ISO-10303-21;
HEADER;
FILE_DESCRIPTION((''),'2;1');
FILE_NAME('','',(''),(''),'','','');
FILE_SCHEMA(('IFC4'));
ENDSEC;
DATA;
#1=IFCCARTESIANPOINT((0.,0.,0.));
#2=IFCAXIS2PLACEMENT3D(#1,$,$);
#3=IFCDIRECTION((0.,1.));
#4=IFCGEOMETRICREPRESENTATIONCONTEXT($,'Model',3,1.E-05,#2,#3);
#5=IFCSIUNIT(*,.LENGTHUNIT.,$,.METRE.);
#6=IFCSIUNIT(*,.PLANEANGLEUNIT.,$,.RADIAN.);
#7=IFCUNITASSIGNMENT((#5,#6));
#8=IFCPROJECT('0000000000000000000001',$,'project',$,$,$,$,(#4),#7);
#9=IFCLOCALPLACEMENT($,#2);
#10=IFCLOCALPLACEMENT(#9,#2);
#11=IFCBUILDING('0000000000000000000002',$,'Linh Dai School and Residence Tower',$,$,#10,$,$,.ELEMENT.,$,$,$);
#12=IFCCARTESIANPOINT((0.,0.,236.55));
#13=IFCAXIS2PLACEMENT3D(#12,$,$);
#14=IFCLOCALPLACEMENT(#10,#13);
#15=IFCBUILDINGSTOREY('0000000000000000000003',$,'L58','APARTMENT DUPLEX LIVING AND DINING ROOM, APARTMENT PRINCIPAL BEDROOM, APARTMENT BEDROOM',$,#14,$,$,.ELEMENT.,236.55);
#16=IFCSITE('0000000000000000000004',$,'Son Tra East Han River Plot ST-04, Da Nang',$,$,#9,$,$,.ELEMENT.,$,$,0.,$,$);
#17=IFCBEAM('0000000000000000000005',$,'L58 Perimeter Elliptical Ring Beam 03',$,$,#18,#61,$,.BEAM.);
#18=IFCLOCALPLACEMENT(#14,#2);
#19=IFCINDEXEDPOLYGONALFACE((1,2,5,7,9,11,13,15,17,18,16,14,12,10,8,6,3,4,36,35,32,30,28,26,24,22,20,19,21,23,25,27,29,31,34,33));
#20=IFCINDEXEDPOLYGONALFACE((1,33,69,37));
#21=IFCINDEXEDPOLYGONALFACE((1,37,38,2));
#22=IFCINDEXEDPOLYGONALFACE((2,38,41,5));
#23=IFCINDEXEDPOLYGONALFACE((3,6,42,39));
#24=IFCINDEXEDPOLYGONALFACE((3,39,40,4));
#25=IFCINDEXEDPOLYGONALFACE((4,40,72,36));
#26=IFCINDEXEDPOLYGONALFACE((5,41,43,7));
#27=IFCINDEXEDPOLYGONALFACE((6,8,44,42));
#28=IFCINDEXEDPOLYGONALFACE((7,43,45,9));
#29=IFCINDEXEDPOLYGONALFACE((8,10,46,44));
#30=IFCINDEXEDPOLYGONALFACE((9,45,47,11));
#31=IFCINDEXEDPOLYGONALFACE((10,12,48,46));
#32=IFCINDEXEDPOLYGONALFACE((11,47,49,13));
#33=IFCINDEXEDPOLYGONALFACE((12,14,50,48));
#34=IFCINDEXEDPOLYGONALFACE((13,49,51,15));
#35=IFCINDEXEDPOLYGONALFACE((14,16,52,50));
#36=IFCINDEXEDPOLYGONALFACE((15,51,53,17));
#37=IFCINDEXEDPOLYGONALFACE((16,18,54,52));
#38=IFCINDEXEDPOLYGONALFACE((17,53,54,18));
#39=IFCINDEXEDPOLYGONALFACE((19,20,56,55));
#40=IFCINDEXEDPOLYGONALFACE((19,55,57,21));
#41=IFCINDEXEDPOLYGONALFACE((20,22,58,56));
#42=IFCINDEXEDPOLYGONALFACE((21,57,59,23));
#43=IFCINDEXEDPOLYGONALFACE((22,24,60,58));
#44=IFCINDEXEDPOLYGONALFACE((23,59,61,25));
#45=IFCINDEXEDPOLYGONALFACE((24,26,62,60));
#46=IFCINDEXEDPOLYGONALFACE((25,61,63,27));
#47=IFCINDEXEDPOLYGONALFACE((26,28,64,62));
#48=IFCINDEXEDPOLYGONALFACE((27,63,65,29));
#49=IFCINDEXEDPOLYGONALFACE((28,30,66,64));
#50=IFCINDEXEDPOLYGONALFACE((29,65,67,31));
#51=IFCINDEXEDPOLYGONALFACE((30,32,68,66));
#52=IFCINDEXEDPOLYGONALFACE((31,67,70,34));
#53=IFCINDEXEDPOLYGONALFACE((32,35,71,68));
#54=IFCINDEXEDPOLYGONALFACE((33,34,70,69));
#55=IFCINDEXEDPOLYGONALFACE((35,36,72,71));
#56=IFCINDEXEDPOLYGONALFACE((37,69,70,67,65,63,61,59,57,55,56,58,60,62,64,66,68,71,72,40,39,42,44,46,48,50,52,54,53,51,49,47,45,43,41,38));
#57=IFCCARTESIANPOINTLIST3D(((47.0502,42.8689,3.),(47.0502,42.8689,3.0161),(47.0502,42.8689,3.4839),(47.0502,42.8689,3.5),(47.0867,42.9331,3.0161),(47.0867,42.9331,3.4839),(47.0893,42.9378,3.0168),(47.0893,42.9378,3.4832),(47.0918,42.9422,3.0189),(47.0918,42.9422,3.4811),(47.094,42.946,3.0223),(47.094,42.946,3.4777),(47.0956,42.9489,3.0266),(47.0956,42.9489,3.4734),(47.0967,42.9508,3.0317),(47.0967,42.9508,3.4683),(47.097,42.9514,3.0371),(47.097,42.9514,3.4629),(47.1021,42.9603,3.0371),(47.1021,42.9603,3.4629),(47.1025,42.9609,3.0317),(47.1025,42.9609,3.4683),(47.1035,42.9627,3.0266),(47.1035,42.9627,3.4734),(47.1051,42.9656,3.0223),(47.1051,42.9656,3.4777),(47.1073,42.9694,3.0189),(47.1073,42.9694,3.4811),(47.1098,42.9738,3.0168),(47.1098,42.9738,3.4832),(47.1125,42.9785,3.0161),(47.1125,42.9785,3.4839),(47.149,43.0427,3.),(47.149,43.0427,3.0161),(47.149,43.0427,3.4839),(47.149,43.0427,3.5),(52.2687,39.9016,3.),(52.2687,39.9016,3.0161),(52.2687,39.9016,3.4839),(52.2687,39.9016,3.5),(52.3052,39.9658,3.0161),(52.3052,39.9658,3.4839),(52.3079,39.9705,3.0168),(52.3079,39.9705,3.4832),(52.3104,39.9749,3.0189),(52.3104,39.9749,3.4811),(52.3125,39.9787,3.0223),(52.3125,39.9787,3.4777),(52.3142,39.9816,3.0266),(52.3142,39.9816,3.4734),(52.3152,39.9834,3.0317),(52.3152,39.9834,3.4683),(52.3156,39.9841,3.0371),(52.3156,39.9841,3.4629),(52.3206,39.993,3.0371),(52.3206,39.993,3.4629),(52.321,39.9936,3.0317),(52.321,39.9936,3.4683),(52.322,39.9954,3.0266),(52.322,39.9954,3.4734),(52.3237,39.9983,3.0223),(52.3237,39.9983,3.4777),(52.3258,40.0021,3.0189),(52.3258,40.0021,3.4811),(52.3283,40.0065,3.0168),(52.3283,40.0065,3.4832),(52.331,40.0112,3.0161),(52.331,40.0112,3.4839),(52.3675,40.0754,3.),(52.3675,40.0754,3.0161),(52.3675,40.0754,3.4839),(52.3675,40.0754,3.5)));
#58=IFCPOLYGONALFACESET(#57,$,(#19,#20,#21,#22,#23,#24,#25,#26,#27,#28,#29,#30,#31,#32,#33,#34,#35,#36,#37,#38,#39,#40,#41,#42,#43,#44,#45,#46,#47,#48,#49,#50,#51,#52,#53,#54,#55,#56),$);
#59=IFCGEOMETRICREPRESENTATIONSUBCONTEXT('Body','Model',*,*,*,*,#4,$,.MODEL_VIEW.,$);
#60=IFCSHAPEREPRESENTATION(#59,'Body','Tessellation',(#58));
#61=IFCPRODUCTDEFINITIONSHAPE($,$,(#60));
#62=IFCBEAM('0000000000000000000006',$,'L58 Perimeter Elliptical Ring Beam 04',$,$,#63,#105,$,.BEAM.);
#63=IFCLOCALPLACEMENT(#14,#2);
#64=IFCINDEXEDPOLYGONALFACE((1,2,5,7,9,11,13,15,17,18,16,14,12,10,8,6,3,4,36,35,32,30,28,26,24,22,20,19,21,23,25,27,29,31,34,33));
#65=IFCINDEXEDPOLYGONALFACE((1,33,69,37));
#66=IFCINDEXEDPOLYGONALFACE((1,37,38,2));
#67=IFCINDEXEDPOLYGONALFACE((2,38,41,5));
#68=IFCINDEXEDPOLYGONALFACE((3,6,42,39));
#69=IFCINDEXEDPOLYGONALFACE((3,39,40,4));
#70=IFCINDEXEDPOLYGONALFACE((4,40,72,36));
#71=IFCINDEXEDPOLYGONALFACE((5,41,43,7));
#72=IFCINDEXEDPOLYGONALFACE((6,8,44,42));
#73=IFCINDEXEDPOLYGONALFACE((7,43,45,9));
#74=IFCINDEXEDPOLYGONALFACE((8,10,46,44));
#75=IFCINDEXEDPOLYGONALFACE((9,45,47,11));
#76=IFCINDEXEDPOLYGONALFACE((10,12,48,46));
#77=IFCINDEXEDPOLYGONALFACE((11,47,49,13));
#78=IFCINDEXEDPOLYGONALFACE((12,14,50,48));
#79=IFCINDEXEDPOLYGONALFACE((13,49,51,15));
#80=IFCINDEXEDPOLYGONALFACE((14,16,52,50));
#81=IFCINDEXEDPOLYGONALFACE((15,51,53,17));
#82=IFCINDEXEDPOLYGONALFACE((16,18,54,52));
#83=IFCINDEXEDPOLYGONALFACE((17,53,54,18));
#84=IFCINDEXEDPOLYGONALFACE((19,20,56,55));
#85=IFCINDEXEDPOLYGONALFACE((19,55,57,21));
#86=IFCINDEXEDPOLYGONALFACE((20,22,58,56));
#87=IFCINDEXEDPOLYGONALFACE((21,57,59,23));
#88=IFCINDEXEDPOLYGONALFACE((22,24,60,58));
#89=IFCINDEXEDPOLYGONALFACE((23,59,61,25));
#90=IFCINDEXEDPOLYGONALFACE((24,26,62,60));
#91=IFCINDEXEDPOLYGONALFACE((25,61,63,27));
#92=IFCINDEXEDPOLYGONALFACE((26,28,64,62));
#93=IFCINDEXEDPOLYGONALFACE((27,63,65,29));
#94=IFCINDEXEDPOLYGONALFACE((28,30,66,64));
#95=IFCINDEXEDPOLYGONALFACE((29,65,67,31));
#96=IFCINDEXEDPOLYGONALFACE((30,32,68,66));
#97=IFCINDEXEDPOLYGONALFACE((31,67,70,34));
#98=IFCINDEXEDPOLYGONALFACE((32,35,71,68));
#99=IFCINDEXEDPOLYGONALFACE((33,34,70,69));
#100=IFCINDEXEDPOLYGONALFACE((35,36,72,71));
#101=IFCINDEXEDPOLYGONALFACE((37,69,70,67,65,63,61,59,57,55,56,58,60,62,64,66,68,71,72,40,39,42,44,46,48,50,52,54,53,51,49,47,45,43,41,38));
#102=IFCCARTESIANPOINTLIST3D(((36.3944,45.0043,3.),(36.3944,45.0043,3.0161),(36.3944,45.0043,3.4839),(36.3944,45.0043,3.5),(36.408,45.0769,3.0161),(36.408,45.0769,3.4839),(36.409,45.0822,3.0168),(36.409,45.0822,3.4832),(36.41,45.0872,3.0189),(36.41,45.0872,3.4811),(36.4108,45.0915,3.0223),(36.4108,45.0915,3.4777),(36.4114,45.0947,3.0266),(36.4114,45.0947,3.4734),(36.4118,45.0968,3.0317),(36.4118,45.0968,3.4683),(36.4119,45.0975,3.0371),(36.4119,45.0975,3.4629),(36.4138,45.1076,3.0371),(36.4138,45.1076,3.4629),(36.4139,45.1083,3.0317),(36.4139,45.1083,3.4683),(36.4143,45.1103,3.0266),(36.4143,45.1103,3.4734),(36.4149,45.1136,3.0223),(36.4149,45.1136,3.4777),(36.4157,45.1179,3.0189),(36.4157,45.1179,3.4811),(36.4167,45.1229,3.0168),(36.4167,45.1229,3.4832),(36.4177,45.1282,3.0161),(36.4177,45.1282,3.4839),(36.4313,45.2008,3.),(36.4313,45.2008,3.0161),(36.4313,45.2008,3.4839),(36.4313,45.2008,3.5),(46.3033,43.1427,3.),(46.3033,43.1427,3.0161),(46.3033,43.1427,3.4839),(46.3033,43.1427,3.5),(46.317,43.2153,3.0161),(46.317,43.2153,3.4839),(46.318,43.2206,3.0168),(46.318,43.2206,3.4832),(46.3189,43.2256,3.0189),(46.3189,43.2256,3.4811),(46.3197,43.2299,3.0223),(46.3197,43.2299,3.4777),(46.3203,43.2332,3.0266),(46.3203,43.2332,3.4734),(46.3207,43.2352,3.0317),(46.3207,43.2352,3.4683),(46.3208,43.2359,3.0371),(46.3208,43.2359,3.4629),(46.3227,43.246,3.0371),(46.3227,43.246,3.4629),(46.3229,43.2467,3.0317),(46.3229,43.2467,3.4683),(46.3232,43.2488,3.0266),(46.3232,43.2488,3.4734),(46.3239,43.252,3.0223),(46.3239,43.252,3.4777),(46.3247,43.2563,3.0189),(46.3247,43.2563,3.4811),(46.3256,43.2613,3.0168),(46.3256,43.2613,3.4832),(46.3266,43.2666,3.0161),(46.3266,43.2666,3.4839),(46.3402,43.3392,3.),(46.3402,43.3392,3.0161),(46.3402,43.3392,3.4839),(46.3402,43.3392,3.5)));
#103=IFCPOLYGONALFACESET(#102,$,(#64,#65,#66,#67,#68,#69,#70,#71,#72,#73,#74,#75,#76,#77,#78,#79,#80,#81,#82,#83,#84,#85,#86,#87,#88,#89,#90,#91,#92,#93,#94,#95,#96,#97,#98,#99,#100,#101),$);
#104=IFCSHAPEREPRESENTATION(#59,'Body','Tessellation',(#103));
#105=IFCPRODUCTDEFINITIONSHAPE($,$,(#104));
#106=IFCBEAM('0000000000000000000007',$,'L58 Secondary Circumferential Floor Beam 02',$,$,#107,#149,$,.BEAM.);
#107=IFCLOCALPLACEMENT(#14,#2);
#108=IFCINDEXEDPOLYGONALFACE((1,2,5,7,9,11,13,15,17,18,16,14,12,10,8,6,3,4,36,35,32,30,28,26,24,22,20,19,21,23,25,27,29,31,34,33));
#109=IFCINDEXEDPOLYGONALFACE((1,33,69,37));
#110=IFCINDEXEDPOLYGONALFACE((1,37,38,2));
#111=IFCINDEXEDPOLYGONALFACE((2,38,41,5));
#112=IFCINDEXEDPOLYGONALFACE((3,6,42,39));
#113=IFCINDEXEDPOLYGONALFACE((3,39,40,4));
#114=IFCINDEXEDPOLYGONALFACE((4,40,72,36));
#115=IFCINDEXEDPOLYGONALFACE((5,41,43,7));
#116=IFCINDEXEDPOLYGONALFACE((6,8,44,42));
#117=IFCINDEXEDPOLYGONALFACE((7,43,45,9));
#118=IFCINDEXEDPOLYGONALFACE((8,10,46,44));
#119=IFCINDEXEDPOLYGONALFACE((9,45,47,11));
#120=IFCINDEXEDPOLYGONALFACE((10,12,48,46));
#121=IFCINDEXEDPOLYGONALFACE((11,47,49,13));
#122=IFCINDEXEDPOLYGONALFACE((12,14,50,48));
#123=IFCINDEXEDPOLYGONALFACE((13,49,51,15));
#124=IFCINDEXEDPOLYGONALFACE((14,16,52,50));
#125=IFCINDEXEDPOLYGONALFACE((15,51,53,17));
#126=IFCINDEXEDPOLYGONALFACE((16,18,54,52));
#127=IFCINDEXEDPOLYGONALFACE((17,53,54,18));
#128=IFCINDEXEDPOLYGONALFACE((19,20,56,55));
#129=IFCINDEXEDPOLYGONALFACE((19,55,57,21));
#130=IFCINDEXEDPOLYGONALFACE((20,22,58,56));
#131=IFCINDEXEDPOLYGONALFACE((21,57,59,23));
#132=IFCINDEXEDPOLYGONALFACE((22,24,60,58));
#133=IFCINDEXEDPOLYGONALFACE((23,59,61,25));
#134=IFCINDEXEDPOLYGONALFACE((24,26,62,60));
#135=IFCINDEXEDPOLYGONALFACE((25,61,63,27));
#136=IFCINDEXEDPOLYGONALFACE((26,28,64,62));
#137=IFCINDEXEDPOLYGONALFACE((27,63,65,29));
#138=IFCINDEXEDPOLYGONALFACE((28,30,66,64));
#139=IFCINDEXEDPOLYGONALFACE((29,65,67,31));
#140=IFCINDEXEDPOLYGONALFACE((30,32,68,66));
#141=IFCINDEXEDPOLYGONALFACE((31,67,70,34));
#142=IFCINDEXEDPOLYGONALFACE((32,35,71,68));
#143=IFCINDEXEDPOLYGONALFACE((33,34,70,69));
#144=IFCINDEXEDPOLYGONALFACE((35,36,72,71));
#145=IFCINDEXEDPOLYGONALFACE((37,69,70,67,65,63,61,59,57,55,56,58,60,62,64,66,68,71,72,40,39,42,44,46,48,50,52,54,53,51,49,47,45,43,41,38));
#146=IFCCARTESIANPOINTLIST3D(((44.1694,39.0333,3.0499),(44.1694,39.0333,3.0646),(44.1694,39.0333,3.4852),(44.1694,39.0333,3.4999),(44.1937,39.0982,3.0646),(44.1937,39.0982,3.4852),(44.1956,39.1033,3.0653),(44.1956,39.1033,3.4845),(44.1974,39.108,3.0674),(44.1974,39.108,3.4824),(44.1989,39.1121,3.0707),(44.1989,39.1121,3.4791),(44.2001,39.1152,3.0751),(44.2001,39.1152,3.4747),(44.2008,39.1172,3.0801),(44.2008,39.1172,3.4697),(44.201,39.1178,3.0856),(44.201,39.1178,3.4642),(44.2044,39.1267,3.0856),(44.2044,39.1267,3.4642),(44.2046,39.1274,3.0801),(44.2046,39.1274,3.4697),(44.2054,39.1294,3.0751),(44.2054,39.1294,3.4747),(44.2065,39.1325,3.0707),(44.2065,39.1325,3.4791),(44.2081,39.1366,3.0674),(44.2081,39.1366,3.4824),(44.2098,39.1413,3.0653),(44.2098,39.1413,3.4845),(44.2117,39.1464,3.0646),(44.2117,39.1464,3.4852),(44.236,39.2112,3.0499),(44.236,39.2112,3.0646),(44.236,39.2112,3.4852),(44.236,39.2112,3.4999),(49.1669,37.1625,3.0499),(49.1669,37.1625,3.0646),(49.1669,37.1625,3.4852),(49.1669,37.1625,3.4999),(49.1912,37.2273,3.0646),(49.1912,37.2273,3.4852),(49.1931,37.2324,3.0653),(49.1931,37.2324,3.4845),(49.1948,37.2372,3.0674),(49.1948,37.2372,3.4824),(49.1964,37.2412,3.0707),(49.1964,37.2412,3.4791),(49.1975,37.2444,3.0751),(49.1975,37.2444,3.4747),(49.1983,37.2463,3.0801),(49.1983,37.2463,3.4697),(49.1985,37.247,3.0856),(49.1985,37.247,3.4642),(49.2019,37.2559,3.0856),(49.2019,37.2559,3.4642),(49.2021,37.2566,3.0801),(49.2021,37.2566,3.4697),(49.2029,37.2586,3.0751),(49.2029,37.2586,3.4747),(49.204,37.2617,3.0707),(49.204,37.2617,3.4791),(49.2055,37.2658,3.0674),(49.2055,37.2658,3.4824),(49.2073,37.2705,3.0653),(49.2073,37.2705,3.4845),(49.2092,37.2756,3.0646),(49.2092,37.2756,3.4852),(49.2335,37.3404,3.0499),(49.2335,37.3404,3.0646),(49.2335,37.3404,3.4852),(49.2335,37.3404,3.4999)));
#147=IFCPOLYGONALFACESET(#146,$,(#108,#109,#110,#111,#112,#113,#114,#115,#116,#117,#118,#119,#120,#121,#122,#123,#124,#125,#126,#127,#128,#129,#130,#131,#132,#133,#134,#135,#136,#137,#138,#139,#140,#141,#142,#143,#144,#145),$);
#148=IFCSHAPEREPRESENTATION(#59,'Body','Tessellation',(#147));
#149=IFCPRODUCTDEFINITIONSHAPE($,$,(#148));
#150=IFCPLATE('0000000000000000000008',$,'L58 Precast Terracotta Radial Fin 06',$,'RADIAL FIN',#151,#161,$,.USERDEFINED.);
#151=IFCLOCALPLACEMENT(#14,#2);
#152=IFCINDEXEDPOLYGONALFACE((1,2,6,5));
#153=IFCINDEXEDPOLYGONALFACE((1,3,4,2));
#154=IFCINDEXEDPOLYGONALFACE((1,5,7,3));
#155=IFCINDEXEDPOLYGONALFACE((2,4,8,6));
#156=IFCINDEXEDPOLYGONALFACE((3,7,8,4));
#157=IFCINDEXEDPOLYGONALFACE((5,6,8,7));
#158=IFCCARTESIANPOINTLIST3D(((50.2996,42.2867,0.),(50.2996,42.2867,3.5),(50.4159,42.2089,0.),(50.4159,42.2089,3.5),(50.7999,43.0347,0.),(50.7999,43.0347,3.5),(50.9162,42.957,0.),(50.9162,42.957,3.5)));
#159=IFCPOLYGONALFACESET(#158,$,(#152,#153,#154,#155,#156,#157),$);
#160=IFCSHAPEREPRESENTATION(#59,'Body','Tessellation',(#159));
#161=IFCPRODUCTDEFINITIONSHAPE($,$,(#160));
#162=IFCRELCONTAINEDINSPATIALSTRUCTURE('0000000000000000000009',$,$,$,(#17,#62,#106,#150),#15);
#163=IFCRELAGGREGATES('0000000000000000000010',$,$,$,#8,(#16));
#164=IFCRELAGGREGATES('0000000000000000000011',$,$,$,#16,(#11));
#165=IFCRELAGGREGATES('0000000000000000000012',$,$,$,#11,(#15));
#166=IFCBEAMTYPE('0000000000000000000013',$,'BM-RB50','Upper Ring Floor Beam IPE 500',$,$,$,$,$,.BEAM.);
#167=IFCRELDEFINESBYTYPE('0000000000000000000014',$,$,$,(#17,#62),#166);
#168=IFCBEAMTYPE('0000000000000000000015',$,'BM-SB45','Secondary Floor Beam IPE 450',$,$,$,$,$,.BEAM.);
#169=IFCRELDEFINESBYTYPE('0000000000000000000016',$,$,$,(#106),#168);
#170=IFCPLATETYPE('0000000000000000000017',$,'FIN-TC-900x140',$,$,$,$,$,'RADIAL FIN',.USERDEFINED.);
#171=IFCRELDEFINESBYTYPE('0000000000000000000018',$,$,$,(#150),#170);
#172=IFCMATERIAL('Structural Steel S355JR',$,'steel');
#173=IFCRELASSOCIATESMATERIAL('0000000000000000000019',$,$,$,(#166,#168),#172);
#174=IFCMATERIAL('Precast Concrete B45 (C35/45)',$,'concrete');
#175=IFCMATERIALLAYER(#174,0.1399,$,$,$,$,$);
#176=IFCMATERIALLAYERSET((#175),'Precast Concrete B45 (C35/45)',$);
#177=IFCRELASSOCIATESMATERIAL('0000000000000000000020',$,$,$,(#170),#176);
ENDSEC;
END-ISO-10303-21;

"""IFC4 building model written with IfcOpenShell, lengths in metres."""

from ifc_helpers import new_model, si_unit, direction, frame, origin, origin_2d, place, context, subcontext, project, spatial, rectangle, i_section, extrude, source, transform, mapped, material, layer, layer_set, material_profile, profile_set, type_object, element, save


model = new_model("IFC4")

# Units and contexts
model_context = context("Model", 3, precision=1e-05, world=origin(), true_north=direction((0.0, 1.0)))
body_context = subcontext(model_context, "Body", "Model", "MODEL_VIEW")
ifc_project = project(units=[si_unit("LENGTHUNIT", "METRE"), si_unit("PLANEANGLEUNIT", "RADIAN")], contexts=[model_context])

# Site, building, storey
site_placement = place(None, origin())
site = spatial("IfcSite", under=ifc_project, at=site_placement, Name="Son Tra East Han River Plot ST-04, Da Nang", CompositionType="ELEMENT", RefElevation=0.0)
building_placement = place(site_placement, origin())
building = spatial("IfcBuilding", under=site, at=building_placement, Name="Linh Dai School and Residence Tower", CompositionType="ELEMENT")
storey_placement = place(building_placement, frame((0.0, 0.0, 236.55)))
storey = spatial("IfcBuildingStorey", under=building, at=storey_placement, Name="L58", Description="APARTMENT DUPLEX LIVING AND DINING ROOM, APARTMENT PRINCIPAL BEDROOM, APARTMENT BEDROOM", CompositionType="ELEMENT", Elevation=236.55)

# Shared definitions
ifc_material_1 = material(Name="Structural Steel S355JR", Category="steel")

# Beams
ifc_material_profile_1 = material_profile(ifc_material_1, i_section(OverallWidth=0.2, OverallDepth=0.5, WebThickness=0.0103, FlangeThickness=0.0161, FilletRadius=0.021, at=origin_2d()), Name="IPE 500")
ifc_profile_set_1 = profile_set([ifc_material_profile_1], Name="Structural Steel S355JR")
beam_type_1 = type_object("IfcBeamType", Name="BM-RB50", Description="Upper Ring Floor Beam IPE 500", PredefinedType="BEAM", material=ifc_profile_set_1)
beam_1_placement = place(storey_placement, frame((52.3181, 39.9885, 3.25), z_axis=(-0.869297, 0.49429, 0.0), x_axis=(-0.49429, -0.869297, 0.0)))
element("IfcBeam", 1, at=beam_1_placement, inside=storey, type_object=beam_type_1, Name="L58 Perimeter Elliptical Ring Beam 03", PredefinedType="BEAM", context=body_context, shape_type="SweptSolid", body=[
    extrude(i_section(OverallWidth=0.2, OverallDepth=0.5, WebThickness=0.0103, FlangeThickness=0.0161, FilletRadius=0.021, at=origin_2d()), origin(), (0.0, 0.0, 1.0), 6.0032),
])
beam_2_placement = place(storey_placement, frame((46.3218, 43.241, 3.25), z_axis=(-0.982807, 0.184638, 0.0), x_axis=(-0.184638, -0.982807, 0.0)))
element("IfcBeam", 2, at=beam_2_placement, inside=storey, type_object=beam_type_1, Name="L58 Perimeter Elliptical Ring Beam 04", PredefinedType="BEAM", context=body_context, shape_type="SweptSolid", body=[
    extrude(i_section(OverallWidth=0.2, OverallDepth=0.5, WebThickness=0.0103, FlangeThickness=0.0161, FilletRadius=0.021, at=origin_2d()), origin(), (0.0, 0.0, 1.0), 10.0823),
])
ifc_material_profile_2 = material_profile(ifc_material_1, i_section(OverallWidth=0.1899, OverallDepth=0.45, WebThickness=0.0095, FlangeThickness=0.0146, FilletRadius=0.021, at=origin_2d()), Name="IPE 450")
ifc_profile_set_2 = profile_set([ifc_material_profile_2], Name="Structural Steel S355JR")
beam_type_2 = type_object("IfcBeamType", Name="BM-SB45", Description="Secondary Floor Beam IPE 450", PredefinedType="BEAM", material=ifc_profile_set_2)
beam_3_placement = place(storey_placement, frame((49.2002, 37.2515, 3.2749), z_axis=(-0.936528, 0.350592, 0.0), x_axis=(-0.350592, -0.936528, 0.0)))
element("IfcBeam", 3, at=beam_3_placement, inside=storey, type_object=beam_type_2, Name="L58 Secondary Circumferential Floor Beam 02", PredefinedType="BEAM", context=body_context, shape_type="SweptSolid", body=[
    extrude(i_section(OverallWidth=0.1899, OverallDepth=0.45, WebThickness=0.0095, FlangeThickness=0.0146, FilletRadius=0.021, at=origin_2d()), origin(), (0.0, 0.0, 1.0), 5.3362),
])

# Plate
ifc_material_2 = material(Name="Precast Concrete B45 (C35/45)", Category="concrete")
ifc_layer_1 = layer(ifc_material_2, 0.1399)
ifc_layer_set_1 = layer_set([ifc_layer_1], Name="Precast Concrete B45 (C35/45)")
plate_type = type_object("IfcPlateType", Name="FIN-TC-900x140", ElementType="RADIAL FIN", PredefinedType="USERDEFINED", material=ifc_layer_set_1)
shared_shape_1 = source(origin(), body_context, "Body", "SweptSolid", [
    extrude(rectangle(XDim=0.8999, YDim=0.1399, at=origin_2d()), origin(), (0.0, 0.0, 1.0), 3.5),
])
plate_placement = place(storey_placement, frame((50.6079, 42.6218, 0.0), z_axis=(0.0, 0.0, 1.0), x_axis=(0.555887, 0.831258, 0.0)))
element("IfcPlate", 4, at=plate_placement, inside=storey, type_object=plate_type, Name="L58 Precast Terracotta Radial Fin 06", ObjectType="RADIAL FIN", PredefinedType="USERDEFINED", context=body_context, shape_type="MappedRepresentation", body=[
    mapped(shared_shape_1, transform((0.0, 0.0, 0.0), x_axis=(1.0, 0.0, 0.0), y_axis=(0.0, 1.0, 0.0), z_axis=(0.0, 0.0, 1.0), scale=1.0)),
])

save(model, "model.ifc")
